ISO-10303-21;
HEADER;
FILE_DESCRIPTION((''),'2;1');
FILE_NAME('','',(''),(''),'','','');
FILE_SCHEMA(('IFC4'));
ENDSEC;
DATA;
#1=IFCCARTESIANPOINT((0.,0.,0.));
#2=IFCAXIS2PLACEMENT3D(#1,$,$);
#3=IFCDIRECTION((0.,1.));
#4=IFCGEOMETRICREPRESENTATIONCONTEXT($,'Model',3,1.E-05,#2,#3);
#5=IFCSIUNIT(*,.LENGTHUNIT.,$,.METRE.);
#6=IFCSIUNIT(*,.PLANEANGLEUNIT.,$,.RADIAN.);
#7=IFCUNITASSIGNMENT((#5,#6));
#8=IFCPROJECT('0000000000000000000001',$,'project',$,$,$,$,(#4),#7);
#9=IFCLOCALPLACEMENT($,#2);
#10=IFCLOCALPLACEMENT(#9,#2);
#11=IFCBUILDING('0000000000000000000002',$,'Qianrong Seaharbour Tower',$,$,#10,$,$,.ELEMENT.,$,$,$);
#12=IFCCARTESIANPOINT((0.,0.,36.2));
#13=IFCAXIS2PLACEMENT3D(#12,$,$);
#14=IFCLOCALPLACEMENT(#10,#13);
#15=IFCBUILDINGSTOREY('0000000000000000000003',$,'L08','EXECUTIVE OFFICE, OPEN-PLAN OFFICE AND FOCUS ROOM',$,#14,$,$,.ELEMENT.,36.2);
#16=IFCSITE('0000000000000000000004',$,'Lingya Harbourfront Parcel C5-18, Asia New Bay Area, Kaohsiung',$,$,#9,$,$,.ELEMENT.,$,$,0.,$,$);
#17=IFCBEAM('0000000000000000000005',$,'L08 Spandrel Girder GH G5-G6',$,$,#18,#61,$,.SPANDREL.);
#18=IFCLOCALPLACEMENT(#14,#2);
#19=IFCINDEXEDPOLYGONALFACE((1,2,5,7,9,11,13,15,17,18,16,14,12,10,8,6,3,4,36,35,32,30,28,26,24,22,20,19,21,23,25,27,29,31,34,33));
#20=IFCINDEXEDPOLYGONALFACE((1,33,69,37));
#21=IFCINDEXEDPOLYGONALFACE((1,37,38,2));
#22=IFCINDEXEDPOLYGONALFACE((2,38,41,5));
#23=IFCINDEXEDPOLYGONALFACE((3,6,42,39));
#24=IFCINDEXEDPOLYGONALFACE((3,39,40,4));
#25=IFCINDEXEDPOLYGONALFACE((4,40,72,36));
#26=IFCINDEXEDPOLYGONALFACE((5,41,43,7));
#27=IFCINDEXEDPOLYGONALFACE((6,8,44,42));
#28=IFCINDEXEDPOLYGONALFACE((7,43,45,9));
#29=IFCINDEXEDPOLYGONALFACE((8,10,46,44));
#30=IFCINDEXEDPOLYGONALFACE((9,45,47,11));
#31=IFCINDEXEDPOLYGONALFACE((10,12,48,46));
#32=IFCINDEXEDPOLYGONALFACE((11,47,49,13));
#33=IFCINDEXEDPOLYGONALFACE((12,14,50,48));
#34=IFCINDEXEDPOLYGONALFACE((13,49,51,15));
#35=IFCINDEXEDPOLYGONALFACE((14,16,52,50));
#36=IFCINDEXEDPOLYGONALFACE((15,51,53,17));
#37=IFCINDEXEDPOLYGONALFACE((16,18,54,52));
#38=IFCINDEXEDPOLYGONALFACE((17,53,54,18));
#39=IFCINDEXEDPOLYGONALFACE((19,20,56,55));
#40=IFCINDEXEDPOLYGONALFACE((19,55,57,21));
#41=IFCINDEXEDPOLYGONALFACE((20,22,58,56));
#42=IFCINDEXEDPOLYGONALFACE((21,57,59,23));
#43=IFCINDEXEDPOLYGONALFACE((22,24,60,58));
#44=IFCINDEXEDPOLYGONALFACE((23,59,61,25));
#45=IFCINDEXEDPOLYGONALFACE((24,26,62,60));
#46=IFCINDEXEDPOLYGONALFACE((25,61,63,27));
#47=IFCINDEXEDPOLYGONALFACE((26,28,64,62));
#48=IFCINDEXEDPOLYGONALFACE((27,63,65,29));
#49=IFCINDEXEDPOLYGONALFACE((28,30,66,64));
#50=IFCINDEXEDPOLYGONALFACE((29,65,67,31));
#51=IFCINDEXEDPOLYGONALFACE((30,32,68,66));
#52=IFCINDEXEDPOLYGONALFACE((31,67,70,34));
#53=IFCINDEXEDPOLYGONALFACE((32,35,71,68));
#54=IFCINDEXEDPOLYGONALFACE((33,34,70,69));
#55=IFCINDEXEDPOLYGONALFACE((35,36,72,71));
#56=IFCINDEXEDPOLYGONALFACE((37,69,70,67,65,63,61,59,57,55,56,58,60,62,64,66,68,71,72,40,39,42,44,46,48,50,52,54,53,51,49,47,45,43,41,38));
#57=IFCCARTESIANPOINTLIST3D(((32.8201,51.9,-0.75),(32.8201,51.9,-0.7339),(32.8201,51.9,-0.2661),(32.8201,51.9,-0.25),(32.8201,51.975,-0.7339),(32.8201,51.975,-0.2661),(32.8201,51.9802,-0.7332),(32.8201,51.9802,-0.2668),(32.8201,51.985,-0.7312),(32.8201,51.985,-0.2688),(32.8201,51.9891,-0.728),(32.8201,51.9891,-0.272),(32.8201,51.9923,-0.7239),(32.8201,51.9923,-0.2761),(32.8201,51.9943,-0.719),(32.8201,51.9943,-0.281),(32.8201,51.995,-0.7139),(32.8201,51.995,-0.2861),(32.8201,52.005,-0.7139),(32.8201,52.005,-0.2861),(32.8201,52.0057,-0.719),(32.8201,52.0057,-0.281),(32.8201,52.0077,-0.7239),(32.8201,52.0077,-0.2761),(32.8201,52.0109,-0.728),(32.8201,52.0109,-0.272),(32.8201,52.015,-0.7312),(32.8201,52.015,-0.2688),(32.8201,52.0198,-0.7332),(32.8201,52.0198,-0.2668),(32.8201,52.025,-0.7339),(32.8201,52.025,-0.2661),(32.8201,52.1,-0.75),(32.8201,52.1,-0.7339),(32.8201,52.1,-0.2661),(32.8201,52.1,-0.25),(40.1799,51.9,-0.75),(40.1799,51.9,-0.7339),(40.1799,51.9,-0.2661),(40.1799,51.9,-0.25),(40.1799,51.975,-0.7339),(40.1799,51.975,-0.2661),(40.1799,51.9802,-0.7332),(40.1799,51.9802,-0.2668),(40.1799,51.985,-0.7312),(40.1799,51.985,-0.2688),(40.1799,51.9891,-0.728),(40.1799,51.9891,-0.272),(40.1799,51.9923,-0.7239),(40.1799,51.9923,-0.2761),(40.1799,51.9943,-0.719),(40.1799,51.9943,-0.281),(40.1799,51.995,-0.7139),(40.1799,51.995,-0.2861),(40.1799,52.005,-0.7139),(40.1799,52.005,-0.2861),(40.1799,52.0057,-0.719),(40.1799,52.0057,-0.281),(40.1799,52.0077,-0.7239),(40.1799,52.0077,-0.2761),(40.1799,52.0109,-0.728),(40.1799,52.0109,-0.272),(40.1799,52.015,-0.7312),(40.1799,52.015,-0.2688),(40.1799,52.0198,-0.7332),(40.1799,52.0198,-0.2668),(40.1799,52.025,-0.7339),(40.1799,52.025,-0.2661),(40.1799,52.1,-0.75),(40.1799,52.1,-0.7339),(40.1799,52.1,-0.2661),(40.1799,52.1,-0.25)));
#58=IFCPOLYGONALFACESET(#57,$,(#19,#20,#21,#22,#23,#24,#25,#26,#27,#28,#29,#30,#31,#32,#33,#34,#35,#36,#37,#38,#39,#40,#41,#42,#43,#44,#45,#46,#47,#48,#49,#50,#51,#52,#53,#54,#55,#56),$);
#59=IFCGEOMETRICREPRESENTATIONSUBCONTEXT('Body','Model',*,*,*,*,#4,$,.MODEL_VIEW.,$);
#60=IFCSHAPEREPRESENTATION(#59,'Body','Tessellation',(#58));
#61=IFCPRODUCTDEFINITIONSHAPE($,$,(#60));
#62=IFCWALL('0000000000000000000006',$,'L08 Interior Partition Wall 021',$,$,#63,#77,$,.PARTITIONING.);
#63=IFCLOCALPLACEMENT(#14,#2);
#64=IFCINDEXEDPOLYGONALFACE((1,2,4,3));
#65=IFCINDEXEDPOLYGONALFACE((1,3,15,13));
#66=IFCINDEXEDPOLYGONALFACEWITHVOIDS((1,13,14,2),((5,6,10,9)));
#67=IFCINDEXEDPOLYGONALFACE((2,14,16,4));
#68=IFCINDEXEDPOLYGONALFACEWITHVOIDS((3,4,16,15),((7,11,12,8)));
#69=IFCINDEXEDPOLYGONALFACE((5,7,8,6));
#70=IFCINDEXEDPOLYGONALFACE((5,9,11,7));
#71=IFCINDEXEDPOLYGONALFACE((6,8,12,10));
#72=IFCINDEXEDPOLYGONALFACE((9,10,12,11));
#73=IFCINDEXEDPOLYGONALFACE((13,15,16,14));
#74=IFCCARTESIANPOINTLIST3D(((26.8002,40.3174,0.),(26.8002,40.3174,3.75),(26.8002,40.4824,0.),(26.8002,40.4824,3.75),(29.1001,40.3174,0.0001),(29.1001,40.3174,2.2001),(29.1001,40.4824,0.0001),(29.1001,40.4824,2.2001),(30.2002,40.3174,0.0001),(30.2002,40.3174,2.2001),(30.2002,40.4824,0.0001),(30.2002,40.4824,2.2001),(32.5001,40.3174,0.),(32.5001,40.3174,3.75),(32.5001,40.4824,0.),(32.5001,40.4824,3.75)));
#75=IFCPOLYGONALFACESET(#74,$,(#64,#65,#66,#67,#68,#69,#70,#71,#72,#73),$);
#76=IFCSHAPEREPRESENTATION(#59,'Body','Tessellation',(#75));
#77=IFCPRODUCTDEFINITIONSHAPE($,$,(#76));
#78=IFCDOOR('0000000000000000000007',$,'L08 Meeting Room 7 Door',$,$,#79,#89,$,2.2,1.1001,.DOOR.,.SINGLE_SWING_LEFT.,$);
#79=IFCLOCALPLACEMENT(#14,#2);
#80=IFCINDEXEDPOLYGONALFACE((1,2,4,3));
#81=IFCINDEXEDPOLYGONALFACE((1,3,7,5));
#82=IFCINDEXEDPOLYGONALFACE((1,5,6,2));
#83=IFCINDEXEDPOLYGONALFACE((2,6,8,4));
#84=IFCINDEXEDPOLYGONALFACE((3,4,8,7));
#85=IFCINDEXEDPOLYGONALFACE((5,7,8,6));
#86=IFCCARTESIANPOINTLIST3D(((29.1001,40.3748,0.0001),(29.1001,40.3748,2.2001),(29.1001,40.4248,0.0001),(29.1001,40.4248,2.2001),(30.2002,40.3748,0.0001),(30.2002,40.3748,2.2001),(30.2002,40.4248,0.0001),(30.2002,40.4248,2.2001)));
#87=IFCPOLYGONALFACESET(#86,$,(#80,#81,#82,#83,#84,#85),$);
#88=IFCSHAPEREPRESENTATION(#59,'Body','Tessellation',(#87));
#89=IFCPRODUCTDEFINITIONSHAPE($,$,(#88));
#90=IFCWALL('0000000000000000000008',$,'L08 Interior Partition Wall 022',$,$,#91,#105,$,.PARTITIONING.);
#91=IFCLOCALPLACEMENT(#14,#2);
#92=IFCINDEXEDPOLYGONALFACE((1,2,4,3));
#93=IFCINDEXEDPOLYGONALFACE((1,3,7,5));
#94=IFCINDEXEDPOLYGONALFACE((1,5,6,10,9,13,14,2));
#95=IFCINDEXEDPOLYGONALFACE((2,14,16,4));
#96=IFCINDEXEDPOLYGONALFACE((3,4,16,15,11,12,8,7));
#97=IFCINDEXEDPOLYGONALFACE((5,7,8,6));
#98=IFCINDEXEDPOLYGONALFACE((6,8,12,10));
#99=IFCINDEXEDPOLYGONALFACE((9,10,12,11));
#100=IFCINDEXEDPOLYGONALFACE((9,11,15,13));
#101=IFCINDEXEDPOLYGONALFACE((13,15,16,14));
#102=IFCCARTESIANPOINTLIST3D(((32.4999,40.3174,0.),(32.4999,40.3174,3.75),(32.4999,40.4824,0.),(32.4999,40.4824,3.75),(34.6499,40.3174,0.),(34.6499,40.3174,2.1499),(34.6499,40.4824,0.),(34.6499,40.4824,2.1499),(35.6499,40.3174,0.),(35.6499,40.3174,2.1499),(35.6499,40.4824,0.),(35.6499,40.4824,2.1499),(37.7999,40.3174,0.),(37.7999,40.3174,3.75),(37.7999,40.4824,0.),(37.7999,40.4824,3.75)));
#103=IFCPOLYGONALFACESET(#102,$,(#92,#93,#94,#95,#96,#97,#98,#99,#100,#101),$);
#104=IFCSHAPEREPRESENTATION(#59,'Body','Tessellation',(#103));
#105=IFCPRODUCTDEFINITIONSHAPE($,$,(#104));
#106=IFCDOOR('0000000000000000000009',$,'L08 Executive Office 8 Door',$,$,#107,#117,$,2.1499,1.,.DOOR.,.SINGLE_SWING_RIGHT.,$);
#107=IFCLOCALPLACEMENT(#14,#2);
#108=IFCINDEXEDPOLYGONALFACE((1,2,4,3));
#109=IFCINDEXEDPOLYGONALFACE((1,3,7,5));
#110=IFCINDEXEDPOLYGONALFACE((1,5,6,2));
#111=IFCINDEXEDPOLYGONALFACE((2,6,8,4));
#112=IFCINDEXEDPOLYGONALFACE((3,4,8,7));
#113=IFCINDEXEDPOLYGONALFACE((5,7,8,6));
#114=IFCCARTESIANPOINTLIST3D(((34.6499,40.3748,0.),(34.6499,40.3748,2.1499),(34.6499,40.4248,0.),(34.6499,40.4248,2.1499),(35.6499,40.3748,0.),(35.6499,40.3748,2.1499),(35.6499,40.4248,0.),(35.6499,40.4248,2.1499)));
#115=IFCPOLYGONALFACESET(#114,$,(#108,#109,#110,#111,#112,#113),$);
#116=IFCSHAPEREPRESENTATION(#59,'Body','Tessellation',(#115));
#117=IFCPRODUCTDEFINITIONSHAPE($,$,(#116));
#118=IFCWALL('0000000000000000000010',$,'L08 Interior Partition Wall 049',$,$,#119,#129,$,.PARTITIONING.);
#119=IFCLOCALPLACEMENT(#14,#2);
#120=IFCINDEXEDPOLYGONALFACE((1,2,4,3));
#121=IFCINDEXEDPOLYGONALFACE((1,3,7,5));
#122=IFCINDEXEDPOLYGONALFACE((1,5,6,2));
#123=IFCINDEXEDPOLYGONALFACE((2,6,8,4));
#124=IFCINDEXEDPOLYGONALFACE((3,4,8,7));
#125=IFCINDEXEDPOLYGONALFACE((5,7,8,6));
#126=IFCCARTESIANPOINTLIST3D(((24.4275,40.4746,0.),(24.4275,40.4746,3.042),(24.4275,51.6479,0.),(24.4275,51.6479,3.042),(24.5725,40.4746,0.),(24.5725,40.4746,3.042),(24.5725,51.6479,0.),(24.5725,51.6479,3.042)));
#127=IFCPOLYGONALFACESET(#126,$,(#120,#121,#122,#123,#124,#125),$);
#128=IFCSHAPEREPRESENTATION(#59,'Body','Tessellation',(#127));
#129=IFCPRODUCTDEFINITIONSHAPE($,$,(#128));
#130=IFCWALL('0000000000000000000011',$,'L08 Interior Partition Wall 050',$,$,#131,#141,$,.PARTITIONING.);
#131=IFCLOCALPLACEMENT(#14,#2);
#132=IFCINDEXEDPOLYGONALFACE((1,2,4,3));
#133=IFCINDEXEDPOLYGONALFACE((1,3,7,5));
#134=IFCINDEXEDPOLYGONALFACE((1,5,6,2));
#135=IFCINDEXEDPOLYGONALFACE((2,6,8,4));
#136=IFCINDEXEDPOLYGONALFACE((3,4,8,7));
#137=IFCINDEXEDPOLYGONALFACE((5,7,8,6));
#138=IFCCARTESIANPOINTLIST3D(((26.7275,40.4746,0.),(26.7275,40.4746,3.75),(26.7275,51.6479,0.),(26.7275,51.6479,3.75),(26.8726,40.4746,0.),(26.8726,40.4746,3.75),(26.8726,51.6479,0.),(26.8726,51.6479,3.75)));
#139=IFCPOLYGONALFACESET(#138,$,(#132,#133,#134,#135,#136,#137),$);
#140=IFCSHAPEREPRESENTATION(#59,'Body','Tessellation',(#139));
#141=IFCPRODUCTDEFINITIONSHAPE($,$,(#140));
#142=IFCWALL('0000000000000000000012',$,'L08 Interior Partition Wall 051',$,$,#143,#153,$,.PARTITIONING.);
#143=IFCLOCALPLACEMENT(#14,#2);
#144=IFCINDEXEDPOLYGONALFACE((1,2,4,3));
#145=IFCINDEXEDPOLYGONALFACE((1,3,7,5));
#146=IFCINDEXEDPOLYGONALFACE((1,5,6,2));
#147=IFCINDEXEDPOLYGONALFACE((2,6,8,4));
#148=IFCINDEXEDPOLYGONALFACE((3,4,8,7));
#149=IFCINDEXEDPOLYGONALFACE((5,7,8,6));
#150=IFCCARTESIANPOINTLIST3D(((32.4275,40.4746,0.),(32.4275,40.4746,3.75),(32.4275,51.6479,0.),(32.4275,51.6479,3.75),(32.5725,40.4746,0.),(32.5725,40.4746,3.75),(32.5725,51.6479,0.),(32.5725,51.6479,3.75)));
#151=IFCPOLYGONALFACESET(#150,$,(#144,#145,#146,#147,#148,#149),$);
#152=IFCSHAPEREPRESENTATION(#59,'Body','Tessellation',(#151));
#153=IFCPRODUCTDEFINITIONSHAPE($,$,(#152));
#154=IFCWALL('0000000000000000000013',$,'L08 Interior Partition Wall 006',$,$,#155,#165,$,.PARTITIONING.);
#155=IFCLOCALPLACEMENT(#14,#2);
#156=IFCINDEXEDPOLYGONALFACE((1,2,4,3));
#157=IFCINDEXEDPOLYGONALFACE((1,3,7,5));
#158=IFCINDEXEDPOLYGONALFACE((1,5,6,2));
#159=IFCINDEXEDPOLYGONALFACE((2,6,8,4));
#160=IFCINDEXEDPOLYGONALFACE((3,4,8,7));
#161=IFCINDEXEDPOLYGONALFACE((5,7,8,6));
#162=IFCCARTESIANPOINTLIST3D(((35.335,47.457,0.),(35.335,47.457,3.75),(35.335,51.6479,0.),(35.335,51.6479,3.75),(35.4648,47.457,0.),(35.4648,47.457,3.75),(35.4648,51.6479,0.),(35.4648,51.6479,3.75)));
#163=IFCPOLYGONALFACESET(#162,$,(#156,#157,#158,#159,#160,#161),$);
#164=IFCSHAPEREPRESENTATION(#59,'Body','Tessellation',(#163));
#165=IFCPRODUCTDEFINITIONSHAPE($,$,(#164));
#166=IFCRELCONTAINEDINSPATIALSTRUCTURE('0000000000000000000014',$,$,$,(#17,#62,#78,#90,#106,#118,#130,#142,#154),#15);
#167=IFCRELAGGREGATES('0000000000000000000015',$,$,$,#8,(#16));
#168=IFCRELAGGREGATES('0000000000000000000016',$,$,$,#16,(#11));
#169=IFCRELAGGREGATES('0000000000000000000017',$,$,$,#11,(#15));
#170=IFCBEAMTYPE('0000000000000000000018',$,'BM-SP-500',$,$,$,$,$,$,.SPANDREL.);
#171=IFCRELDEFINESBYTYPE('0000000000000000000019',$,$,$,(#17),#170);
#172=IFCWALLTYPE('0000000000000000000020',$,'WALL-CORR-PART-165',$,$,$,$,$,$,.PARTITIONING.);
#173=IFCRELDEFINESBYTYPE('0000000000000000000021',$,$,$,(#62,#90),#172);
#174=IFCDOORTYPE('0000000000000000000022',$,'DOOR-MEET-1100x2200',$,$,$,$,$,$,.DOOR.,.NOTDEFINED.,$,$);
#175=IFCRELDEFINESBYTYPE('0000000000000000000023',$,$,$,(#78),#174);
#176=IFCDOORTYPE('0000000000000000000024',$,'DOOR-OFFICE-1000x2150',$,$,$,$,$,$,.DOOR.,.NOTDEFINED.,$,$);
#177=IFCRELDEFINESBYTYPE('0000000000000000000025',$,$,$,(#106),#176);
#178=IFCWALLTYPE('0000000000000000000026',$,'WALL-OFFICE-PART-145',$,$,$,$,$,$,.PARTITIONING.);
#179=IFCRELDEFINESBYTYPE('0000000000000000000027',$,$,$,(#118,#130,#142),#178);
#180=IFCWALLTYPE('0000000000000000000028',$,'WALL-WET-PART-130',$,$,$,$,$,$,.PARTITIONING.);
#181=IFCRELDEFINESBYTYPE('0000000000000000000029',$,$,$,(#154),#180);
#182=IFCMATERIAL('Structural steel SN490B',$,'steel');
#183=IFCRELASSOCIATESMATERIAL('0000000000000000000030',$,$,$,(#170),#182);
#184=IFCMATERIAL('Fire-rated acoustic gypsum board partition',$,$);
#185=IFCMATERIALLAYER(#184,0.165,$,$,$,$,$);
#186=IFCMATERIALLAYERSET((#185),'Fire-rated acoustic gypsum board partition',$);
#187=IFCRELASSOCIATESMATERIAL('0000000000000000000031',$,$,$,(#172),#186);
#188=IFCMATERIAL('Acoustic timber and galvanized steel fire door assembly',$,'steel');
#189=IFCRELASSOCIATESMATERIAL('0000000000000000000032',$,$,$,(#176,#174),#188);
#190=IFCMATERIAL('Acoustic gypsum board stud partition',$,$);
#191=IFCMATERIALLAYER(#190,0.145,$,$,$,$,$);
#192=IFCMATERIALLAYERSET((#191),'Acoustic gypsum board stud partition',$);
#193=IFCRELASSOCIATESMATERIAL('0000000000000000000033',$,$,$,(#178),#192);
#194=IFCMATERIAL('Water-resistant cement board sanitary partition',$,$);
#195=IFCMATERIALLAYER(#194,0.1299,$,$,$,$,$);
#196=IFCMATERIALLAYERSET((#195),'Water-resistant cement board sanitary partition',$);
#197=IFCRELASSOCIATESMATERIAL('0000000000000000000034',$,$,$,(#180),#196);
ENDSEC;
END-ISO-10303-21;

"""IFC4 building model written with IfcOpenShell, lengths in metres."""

from ifc_helpers import new_model, si_unit, direction, frame, frame_2d, origin, origin_2d, place, context, subcontext, project, spatial, rectangle, i_section, extrude, material, layer, layer_set, material_profile, profile_set, type_object, element, fill, save


model = new_model("IFC4")

# Units and contexts
model_context = context("Model", 3, precision=1e-05, world=origin(), true_north=direction((0.0, 1.0)))
body_context = subcontext(model_context, "Body", "Model", "MODEL_VIEW")
ifc_project = project(units=[si_unit("LENGTHUNIT", "METRE"), si_unit("PLANEANGLEUNIT", "RADIAN")], contexts=[model_context])

# Site, building, storey
site_placement = place(None, origin())
site = spatial("IfcSite", under=ifc_project, at=site_placement, Name="Lingya Harbourfront Parcel C5-18, Asia New Bay Area, Kaohsiung", CompositionType="ELEMENT", RefElevation=0.0)
building_placement = place(site_placement, origin())
building = spatial("IfcBuilding", under=site, at=building_placement, Name="Qianrong Seaharbour Tower", CompositionType="ELEMENT")
storey_placement = place(building_placement, frame((0.0, 0.0, 36.2)))
storey = spatial("IfcBuildingStorey", under=building, at=storey_placement, Name="L08", Description="EXECUTIVE OFFICE, OPEN-PLAN OFFICE AND FOCUS ROOM", CompositionType="ELEMENT", Elevation=36.2)

# Shared definitions
ifc_material_1 = material(Name="Structural steel SN490B", Category="steel")

# Beam
ifc_material_profile_1 = material_profile(ifc_material_1, i_section(OverallWidth=0.2, OverallDepth=0.5, WebThickness=0.01, FlangeThickness=0.0161, FilletRadius=0.02, at=origin_2d()), Name="H500x200x10x16")
ifc_profile_set_1 = profile_set([ifc_material_profile_1], Name="Structural steel SN490B")
beam_type_1 = type_object("IfcBeamType", Name="BM-SP-500", PredefinedType="SPANDREL", material=ifc_profile_set_1)
for number, where, z_axis, x_axis, name in (
    (1, (32.8201, 52.0, -0.5), (1.0, 0.0, 0.0), (0.0, 1.0, 0.0), "L08 Spandrel Girder GH G5-G6"),
):
    element("IfcBeam", number, at=place(storey_placement, frame(where, z_axis=z_axis, x_axis=x_axis)), inside=storey, type_object=beam_type_1, Name=name, PredefinedType="SPANDREL", context=body_context, shape_type="SweptSolid", body=[
        extrude(i_section(OverallWidth=0.2, OverallDepth=0.5, WebThickness=0.01, FlangeThickness=0.0161, FilletRadius=0.02, at=origin_2d()), origin(), (0.0, 0.0, 1.0), 7.3599),
    ])

# Walls, openings, doors
ifc_material_2 = material(Name="Fire-rated acoustic gypsum board partition")
ifc_layer_1 = layer(ifc_material_2, 0.165)
ifc_layer_set_1 = layer_set([ifc_layer_1], Name="Fire-rated acoustic gypsum board partition")
wall_type_1 = type_object("IfcWallType", Name="WALL-CORR-PART-165", PredefinedType="PARTITIONING", material=ifc_layer_set_1)
ifc_material_3 = material(Name="Acoustic timber and galvanized steel fire door assembly", Category="steel")
door_type_1 = type_object("IfcDoorType", Name="DOOR-OFFICE-1000x2150", OperationType="NOTDEFINED", PredefinedType="DOOR", material=ifc_material_3)
wall_1_placement = place(storey_placement, frame((26.8, 40.3999, 0.0), z_axis=(0.0, 0.0, 1.0), x_axis=(1.0, 0.0, 0.0)))
wall_1 = element("IfcWall", 2, at=wall_1_placement, inside=storey, type_object=wall_type_1, Name="L08 Interior Partition Wall 021", PredefinedType="PARTITIONING", context=body_context, shape_type="SweptSolid", body=[
    extrude(rectangle(XDim=5.7, YDim=0.165, at=frame_2d((2.8501, 0.0))), origin(), (0.0, 0.0, 1.0), 3.75),
])
opening_1_placement = place(wall_1_placement, frame((2.3, 0.0, 0.0)))
opening_1 = element("IfcOpeningElement", 3, at=opening_1_placement, cuts=wall_1, PredefinedType="OPENING", context=body_context, shape_type="SweptSolid", body=[
    extrude(rectangle(XDim=1.1001, YDim=2.2, at=frame_2d((0.55, 1.1001))), frame((0.0, 0.0925, 0.0), z_axis=(0.0, -1.0, 0.0), x_axis=(1.0, 0.0, 0.0)), (0.0, 0.0, 1.0), 0.1851),
])
door_type_2 = type_object("IfcDoorType", Name="DOOR-MEET-1100x2200", OperationType="NOTDEFINED", PredefinedType="DOOR", material=ifc_material_3)
door_1_placement = place(opening_1_placement, origin())
door_1 = element("IfcDoor", 4, at=door_1_placement, inside=storey, type_object=door_type_2, Name="L08 Meeting Room 7 Door", OperationType="SINGLE_SWING_LEFT", OverallHeight=2.2, OverallWidth=1.1001, PredefinedType="DOOR", context=body_context, shape_type="SweptSolid", body=[
    extrude(rectangle(XDim=1.1001, YDim=2.2, at=frame_2d((0.55, 1.1001))), frame((0.0, 0.0249, 0.0), z_axis=(0.0, -1.0, 0.0), x_axis=(1.0, 0.0, 0.0)), (0.0, 0.0, 1.0), 0.05),
])
fill(opening_1, door_1)
wall_2_placement = place(storey_placement, frame((32.5, 40.3999, 0.0), z_axis=(0.0, 0.0, 1.0), x_axis=(1.0, 0.0, 0.0)))
wall_2 = element("IfcWall", 5, at=wall_2_placement, inside=storey, type_object=wall_type_1, Name="L08 Interior Partition Wall 022", PredefinedType="PARTITIONING", context=body_context, shape_type="SweptSolid", body=[
    extrude(rectangle(XDim=5.3, YDim=0.165, at=frame_2d((2.6499, 0.0))), origin(), (0.0, 0.0, 1.0), 3.75),
])
opening_2_placement = place(wall_2_placement, frame((2.1499, 0.0, 0.0)))
opening_2 = element("IfcOpeningElement", 6, at=opening_2_placement, cuts=wall_2, PredefinedType="OPENING", context=body_context, shape_type="SweptSolid", body=[
    extrude(rectangle(XDim=1.0, YDim=2.1499, at=frame_2d((0.5, 1.075))), frame((0.0, 0.0925, 0.0), z_axis=(0.0, -1.0, 0.0), x_axis=(1.0, 0.0, 0.0)), (0.0, 0.0, 1.0), 0.1851),
])
door_2_placement = place(opening_2_placement, origin())
door_2 = element("IfcDoor", 7, at=door_2_placement, inside=storey, type_object=door_type_1, Name="L08 Executive Office 8 Door", OperationType="SINGLE_SWING_RIGHT", OverallHeight=2.1499, OverallWidth=1.0, PredefinedType="DOOR", context=body_context, shape_type="SweptSolid", body=[
    extrude(rectangle(XDim=1.0, YDim=2.1499, at=frame_2d((0.5, 1.075))), frame((0.0, 0.0249, 0.0), z_axis=(0.0, -1.0, 0.0), x_axis=(1.0, 0.0, 0.0)), (0.0, 0.0, 1.0), 0.05),
])
fill(opening_2, door_2)

# Walls
ifc_material_4 = material(Name="Acoustic gypsum board stud partition")
ifc_layer_2 = layer(ifc_material_4, 0.145)
ifc_layer_set_2 = layer_set([ifc_layer_2], Name="Acoustic gypsum board stud partition")
wall_type_2 = type_object("IfcWallType", Name="WALL-OFFICE-PART-145", PredefinedType="PARTITIONING", material=ifc_layer_set_2)
wall_3_placement = place(storey_placement, frame((24.5, 51.6479, 0.0), z_axis=(0.0, 0.0, 1.0), x_axis=(0.0, -1.0, 0.0)))
element("IfcWall", 8, at=wall_3_placement, inside=storey, type_object=wall_type_2, Name="L08 Interior Partition Wall 049", PredefinedType="PARTITIONING", context=body_context, shape_type="SweptSolid", body=[
    extrude(rectangle(XDim=11.1733, YDim=0.145, at=frame_2d((5.5867, 0.0))), origin(), (0.0, 0.0, 1.0), 3.042),
])
for number, where, z_axis, x_axis, name in (
    (9, (26.8, 51.6479, 0.0), (0.0, 0.0, 1.0), (0.0, -1.0, 0.0), "L08 Interior Partition Wall 050"),
    (10, (32.5, 51.6479, 0.0), (0.0, 0.0, 1.0), (0.0, -1.0, 0.0), "L08 Interior Partition Wall 051"),
):
    element("IfcWall", number, at=place(storey_placement, frame(where, z_axis=z_axis, x_axis=x_axis)), inside=storey, type_object=wall_type_2, Name=name, PredefinedType="PARTITIONING", context=body_context, shape_type="SweptSolid", body=[
        extrude(rectangle(XDim=11.1733, YDim=0.145, at=frame_2d((5.5867, 0.0))), origin(), (0.0, 0.0, 1.0), 3.75),
    ])
ifc_material_5 = material(Name="Water-resistant cement board sanitary partition")
ifc_layer_3 = layer(ifc_material_5, 0.1299)
ifc_layer_set_3 = layer_set([ifc_layer_3], Name="Water-resistant cement board sanitary partition")
wall_type_3 = type_object("IfcWallType", Name="WALL-WET-PART-130", PredefinedType="PARTITIONING", material=ifc_layer_set_3)
wall_4_placement = place(storey_placement, frame((35.3999, 47.457, 0.0), z_axis=(0.0, 0.0, 1.0), x_axis=(0.0, 1.0, 0.0)))
element("IfcWall", 11, at=wall_4_placement, inside=storey, type_object=wall_type_3, Name="L08 Interior Partition Wall 006", PredefinedType="PARTITIONING", context=body_context, shape_type="SweptSolid", body=[
    extrude(rectangle(XDim=4.1909, YDim=0.1299, at=frame_2d((2.0955, 0.0))), origin(), (0.0, 0.0, 1.0), 3.75),
])

save(model, "model.ifc")
